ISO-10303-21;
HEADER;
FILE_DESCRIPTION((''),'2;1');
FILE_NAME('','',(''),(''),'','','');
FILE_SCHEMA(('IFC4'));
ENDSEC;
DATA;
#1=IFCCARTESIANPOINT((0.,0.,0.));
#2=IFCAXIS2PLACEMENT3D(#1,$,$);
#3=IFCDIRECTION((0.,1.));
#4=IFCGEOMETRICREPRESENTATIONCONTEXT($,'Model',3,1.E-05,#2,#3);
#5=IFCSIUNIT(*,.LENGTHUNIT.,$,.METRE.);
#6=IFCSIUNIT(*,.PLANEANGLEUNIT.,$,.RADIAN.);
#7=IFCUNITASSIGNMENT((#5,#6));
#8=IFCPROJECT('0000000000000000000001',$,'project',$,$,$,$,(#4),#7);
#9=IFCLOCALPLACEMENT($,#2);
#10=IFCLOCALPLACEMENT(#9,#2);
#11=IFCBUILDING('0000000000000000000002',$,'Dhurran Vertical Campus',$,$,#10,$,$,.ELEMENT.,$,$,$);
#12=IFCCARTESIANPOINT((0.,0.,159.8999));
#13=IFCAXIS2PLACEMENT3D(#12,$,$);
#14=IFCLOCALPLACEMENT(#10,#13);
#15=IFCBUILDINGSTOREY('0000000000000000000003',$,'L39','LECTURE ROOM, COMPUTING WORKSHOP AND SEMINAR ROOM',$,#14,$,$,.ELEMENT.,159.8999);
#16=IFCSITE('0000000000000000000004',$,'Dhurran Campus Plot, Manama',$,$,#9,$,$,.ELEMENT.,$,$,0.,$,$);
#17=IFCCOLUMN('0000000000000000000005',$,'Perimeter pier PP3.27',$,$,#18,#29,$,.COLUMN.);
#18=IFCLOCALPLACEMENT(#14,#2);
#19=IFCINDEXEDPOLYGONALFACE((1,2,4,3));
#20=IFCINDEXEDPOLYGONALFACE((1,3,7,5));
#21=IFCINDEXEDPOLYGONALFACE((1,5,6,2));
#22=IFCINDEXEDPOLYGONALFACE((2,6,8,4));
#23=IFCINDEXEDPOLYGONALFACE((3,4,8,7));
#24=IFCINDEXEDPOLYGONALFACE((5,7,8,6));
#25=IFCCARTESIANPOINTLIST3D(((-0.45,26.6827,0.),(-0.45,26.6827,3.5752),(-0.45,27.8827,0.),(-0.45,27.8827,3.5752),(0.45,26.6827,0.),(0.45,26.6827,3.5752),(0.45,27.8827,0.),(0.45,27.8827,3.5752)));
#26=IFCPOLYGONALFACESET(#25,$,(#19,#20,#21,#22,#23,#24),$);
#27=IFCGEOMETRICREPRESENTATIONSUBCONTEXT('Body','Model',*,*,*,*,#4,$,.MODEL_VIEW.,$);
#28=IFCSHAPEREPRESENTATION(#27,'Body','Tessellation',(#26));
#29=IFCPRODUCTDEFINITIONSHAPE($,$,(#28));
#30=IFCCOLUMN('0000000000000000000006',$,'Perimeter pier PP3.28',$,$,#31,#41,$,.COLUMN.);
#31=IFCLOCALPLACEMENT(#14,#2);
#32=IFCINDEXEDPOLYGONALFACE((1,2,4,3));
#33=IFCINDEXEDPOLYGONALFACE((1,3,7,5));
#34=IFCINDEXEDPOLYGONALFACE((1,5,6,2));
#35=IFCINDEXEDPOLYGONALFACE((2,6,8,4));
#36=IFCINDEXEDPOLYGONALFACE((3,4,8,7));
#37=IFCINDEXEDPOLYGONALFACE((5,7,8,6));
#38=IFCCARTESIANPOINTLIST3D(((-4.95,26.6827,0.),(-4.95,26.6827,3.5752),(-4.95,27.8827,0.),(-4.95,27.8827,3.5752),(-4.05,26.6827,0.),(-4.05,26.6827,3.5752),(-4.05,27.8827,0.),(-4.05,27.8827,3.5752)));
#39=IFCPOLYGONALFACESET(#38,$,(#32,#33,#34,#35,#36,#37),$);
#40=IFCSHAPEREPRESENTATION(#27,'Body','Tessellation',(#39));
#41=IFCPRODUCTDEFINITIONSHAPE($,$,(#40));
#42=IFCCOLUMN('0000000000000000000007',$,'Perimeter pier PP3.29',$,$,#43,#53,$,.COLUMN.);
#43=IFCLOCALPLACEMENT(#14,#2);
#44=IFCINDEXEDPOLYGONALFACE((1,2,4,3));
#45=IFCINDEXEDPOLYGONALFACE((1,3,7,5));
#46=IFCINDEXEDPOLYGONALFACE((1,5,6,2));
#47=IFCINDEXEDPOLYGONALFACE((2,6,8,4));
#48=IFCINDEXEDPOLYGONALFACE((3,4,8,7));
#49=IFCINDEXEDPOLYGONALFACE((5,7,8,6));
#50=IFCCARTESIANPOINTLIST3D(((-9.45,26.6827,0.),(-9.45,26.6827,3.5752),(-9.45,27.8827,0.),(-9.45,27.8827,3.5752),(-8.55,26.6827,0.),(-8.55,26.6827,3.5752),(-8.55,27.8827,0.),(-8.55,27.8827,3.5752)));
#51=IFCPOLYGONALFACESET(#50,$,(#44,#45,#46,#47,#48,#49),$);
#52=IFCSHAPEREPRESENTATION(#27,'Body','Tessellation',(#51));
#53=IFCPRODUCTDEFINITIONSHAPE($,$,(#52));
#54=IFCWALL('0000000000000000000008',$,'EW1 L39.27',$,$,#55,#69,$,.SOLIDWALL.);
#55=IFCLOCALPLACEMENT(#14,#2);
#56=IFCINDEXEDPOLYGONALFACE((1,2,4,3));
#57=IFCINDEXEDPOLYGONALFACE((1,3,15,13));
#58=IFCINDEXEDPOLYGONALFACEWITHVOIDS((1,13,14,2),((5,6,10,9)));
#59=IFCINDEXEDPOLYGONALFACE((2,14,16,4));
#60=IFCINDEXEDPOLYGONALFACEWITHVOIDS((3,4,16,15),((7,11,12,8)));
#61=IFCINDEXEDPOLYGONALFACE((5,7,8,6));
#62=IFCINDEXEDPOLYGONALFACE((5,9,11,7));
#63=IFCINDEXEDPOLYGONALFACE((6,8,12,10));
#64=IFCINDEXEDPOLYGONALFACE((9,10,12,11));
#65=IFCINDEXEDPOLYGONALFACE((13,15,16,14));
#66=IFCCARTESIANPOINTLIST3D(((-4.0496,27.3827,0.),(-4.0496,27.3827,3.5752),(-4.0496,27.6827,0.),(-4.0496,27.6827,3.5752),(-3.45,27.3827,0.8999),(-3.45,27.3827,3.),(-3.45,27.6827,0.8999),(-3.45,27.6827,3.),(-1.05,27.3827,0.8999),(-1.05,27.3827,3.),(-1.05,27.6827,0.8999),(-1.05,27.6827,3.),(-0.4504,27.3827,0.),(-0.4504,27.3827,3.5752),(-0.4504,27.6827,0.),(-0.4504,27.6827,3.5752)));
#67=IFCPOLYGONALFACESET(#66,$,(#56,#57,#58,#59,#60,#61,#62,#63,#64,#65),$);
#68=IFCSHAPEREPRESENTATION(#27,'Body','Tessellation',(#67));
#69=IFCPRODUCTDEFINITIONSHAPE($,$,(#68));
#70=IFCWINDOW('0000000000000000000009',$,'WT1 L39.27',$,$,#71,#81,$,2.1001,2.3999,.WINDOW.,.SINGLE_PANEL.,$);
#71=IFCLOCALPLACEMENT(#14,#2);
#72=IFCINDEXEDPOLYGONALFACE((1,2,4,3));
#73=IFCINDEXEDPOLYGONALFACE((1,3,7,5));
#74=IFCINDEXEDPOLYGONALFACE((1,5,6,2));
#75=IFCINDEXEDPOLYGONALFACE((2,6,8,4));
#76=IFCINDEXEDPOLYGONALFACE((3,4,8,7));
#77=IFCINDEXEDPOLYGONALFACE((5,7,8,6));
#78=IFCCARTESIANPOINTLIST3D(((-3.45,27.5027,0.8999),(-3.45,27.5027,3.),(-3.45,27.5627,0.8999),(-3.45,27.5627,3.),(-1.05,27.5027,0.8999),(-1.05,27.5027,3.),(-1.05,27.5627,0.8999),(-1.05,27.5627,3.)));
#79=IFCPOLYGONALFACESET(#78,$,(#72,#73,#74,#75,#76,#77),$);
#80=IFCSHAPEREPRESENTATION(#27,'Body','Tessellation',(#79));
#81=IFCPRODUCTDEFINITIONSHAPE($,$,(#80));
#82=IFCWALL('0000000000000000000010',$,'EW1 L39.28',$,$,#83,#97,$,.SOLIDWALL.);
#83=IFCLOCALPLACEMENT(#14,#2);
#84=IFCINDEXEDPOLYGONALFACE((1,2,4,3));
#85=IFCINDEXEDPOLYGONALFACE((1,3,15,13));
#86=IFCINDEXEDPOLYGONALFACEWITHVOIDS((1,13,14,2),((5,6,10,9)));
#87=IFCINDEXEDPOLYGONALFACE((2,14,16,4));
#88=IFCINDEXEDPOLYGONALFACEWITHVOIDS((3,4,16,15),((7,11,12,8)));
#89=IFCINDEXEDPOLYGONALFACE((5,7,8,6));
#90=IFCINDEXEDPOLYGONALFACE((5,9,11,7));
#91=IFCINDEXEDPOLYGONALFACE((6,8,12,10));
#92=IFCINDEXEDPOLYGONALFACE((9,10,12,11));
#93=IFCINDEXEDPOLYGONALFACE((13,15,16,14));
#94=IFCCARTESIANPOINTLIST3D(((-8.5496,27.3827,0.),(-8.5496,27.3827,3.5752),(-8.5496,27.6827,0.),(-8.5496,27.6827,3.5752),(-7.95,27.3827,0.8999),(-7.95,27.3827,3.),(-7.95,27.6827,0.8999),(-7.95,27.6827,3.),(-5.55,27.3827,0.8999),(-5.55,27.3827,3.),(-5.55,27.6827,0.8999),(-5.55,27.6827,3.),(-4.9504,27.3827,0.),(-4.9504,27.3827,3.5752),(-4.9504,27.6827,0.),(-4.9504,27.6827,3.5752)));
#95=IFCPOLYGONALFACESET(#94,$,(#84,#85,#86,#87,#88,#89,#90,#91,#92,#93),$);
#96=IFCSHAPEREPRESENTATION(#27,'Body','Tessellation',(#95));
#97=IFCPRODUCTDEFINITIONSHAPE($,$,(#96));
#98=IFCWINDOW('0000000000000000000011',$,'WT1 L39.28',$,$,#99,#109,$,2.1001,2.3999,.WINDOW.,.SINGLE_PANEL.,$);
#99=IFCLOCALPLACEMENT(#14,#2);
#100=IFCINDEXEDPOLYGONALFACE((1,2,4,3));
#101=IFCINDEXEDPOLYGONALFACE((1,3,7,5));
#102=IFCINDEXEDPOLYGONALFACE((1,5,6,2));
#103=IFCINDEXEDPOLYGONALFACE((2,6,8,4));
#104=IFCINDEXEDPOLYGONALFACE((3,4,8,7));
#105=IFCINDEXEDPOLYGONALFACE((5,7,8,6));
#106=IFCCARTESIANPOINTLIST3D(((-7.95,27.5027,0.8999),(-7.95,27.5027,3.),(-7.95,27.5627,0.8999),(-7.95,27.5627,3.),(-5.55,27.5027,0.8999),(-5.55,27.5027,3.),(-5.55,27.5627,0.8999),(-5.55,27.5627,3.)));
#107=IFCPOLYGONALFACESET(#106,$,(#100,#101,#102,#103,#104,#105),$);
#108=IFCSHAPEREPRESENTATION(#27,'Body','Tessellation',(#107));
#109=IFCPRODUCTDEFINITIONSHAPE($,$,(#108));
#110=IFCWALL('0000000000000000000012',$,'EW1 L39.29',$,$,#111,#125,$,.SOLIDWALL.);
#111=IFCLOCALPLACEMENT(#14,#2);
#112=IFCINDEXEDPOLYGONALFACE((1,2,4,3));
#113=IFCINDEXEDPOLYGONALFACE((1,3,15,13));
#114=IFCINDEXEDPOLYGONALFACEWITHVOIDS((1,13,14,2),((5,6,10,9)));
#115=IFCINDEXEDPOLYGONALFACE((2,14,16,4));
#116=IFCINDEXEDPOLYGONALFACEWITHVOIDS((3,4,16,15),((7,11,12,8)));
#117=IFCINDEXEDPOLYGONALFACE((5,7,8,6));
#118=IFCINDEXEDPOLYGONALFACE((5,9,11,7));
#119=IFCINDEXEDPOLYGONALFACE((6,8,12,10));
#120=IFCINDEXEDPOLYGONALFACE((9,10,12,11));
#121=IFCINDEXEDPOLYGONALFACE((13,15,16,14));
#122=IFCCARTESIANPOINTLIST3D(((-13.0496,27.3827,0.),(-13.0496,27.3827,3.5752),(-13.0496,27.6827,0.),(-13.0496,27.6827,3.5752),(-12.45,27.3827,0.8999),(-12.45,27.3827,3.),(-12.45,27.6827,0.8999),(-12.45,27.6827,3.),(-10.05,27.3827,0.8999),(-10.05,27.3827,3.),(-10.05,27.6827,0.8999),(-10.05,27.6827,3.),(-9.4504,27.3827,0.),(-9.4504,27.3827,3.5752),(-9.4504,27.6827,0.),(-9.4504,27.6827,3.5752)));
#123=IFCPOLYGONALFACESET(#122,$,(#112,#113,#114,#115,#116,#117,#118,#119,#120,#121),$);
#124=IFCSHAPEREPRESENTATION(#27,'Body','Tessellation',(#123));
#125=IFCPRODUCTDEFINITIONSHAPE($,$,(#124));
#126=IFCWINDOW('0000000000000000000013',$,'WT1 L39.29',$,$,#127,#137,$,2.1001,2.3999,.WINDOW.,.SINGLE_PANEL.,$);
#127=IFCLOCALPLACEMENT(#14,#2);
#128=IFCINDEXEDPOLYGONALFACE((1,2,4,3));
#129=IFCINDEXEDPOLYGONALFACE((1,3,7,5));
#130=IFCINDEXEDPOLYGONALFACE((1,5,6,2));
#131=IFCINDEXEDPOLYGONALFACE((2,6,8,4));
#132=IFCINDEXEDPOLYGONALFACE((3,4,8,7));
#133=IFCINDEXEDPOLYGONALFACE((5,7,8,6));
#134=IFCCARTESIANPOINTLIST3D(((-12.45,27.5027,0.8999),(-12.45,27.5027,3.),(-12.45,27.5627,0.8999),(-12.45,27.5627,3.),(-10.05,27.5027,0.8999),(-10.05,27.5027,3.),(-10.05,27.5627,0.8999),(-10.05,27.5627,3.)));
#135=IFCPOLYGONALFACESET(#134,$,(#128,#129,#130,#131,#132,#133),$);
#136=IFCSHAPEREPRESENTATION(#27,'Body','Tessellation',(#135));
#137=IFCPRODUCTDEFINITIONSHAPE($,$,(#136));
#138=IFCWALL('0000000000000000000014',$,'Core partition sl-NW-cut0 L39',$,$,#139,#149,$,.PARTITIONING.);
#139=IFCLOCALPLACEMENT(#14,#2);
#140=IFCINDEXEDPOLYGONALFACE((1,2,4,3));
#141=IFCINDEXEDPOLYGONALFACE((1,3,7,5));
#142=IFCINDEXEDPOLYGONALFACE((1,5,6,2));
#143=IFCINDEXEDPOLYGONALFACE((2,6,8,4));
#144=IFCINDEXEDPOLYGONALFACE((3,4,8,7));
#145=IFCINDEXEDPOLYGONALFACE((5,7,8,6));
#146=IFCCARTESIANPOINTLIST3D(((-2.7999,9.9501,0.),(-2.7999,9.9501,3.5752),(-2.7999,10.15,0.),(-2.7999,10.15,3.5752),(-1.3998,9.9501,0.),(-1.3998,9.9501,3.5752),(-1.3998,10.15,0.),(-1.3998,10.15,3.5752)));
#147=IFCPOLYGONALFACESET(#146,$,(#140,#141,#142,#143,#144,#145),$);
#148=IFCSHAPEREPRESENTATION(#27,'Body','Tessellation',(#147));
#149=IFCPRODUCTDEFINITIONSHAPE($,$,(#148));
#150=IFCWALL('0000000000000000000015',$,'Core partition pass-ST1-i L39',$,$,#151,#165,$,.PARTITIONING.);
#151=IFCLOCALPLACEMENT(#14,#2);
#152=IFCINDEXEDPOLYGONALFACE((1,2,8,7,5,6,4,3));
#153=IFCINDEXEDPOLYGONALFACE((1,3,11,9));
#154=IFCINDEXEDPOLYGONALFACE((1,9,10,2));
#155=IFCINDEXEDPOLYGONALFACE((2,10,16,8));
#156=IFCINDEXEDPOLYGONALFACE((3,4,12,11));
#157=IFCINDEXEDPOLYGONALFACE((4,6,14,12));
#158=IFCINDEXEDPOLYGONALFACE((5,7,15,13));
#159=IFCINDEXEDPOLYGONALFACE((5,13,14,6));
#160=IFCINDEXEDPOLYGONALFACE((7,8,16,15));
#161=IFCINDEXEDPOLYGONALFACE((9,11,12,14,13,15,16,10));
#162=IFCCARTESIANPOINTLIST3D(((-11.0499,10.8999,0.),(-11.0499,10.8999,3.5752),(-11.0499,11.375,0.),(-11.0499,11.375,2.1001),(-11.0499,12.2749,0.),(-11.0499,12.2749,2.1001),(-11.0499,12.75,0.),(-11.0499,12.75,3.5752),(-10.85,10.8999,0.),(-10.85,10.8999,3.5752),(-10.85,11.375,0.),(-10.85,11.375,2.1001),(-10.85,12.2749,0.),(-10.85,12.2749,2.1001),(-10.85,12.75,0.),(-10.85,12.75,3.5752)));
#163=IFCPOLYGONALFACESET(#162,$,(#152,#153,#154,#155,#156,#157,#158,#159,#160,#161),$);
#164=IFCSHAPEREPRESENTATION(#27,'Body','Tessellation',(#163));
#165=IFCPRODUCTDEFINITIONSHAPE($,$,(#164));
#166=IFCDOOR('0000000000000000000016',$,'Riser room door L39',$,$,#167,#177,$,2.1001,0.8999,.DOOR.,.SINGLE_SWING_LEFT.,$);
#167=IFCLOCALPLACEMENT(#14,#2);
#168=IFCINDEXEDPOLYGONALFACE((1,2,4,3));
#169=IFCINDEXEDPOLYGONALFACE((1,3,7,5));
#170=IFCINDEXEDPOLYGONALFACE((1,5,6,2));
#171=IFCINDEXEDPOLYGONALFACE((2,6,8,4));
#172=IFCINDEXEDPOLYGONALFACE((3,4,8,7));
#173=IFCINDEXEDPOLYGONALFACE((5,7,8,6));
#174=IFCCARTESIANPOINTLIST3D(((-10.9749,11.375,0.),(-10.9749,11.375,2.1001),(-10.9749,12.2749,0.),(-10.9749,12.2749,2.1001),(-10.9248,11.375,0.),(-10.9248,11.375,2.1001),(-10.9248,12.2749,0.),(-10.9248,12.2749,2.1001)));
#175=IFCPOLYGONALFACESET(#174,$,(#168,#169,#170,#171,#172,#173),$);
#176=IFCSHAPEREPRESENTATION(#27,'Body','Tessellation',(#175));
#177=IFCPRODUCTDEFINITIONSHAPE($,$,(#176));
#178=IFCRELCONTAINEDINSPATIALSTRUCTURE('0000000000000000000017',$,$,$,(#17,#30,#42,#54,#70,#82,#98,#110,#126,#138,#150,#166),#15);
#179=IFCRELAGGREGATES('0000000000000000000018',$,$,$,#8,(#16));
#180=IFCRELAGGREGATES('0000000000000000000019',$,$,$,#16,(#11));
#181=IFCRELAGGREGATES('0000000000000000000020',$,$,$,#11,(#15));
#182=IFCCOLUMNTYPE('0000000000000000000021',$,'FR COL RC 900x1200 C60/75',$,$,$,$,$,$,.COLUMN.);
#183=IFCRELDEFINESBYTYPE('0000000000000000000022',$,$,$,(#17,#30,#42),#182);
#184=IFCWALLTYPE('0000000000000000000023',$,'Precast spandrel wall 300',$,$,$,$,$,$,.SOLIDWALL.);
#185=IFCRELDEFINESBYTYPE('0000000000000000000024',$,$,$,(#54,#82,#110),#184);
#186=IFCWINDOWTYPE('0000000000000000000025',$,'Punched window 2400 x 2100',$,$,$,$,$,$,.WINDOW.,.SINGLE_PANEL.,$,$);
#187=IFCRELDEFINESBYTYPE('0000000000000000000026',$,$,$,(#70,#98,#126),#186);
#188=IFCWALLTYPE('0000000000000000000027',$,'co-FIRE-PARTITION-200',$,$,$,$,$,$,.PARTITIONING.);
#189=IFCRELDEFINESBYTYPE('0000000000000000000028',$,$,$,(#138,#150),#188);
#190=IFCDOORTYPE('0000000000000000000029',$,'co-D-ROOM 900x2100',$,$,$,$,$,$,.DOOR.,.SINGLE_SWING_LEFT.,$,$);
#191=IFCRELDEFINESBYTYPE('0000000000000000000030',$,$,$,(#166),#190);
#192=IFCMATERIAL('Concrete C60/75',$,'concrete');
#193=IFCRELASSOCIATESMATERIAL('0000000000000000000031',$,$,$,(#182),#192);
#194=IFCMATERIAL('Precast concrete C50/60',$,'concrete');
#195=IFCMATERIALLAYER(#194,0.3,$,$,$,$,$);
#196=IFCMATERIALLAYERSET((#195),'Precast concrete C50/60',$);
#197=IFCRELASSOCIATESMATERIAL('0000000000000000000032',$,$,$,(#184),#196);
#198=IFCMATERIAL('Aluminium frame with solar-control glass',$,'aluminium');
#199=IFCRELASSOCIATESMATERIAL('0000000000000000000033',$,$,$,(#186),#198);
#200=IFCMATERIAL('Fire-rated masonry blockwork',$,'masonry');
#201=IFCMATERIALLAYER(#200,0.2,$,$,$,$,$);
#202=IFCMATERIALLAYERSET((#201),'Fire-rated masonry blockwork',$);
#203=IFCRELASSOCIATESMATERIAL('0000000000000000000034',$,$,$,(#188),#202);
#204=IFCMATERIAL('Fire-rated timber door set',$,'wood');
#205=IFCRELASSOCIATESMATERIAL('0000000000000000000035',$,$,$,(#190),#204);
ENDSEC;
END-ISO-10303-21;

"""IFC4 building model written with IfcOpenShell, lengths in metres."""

from ifc_helpers import new_model, si_unit, direction, frame, frame_2d, origin, origin_2d, place, context, subcontext, project, spatial, rectangle, extrude, material, layer, layer_set, material_profile, profile_set, type_object, element, fill, save


model = new_model("IFC4")

# Units and contexts
model_context = context("Model", 3, precision=1e-05, world=origin(), true_north=direction((0.0, 1.0)))
body_context = subcontext(model_context, "Body", "Model", "MODEL_VIEW")
ifc_project = project(units=[si_unit("LENGTHUNIT", "METRE"), si_unit("PLANEANGLEUNIT", "RADIAN")], contexts=[model_context])

# Site, building, storey
site_placement = place(None, origin())
site = spatial("IfcSite", under=ifc_project, at=site_placement, Name="Dhurran Campus Plot, Manama", CompositionType="ELEMENT", RefElevation=0.0)
building_placement = place(site_placement, origin())
building = spatial("IfcBuilding", under=site, at=building_placement, Name="Dhurran Vertical Campus", CompositionType="ELEMENT")
storey_placement = place(building_placement, frame((0.0, 0.0, 159.8999)))
storey = spatial("IfcBuildingStorey", under=building, at=storey_placement, Name="L39", Description="LECTURE ROOM, COMPUTING WORKSHOP AND SEMINAR ROOM", CompositionType="ELEMENT", Elevation=159.8999)

# Columns
ifc_material_1 = material(Name="Concrete C60/75", Category="concrete")
ifc_material_profile = material_profile(ifc_material_1, rectangle(XDim=0.8999, YDim=1.2, at=origin_2d()), Name="RC 900x1200")
ifc_profile_set = profile_set([ifc_material_profile], Name="Concrete C60/75")
column_type = type_object("IfcColumnType", Name="FR COL RC 900x1200 C60/75", PredefinedType="COLUMN", material=ifc_profile_set)
for number, where, z_axis, x_axis, name in (
    (1, (0.0, 27.2827, 0.0), (0.0, 0.0, 1.0), (-1.0, 0.0, 0.0), "Perimeter pier PP3.27"),
    (2, (-4.5, 27.2827, 0.0), (0.0, 0.0, 1.0), (-1.0, 0.0, 0.0), "Perimeter pier PP3.28"),
    (3, (-9.0, 27.2827, 0.0), (0.0, 0.0, 1.0), (-1.0, 0.0, 0.0), "Perimeter pier PP3.29"),
):
    element("IfcColumn", number, at=place(storey_placement, frame(where, z_axis=z_axis, x_axis=x_axis)), inside=storey, type_object=column_type, Name=name, PredefinedType="COLUMN", context=body_context, shape_type="SweptSolid", body=[
        extrude(rectangle(XDim=0.8999, YDim=1.2, at=origin_2d()), origin(), (0.0, 0.0, 1.0), 3.5752),
    ])

# Walls, openings, windows
ifc_material_2 = material(Name="Precast concrete C50/60", Category="concrete")
ifc_layer_1 = layer(ifc_material_2, 0.3)
ifc_layer_set_1 = layer_set([ifc_layer_1], Name="Precast concrete C50/60")
wall_type_1 = type_object("IfcWallType", Name="Precast spandrel wall 300", PredefinedType="SOLIDWALL", material=ifc_layer_set_1)
wall_1_placement = place(storey_placement, frame((-0.4504, 27.5327, 0.0), z_axis=(0.0, 0.0, 1.0), x_axis=(-1.0, 0.0, 0.0)))
wall_1 = element("IfcWall", 4, at=wall_1_placement, inside=storey, type_object=wall_type_1, Name="EW1 L39.27", PredefinedType="SOLIDWALL", context=body_context, shape_type="SweptSolid", body=[
    extrude(rectangle(XDim=3.5991, YDim=0.3, at=frame_2d((1.7996, 0.0))), origin(), (0.0, 0.0, 1.0), 3.5752),
])
opening_1_placement = place(wall_1_placement, frame((0.5996, 0.0, 0.8999)))
opening_1 = element("IfcOpeningElement", 5, at=opening_1_placement, cuts=wall_1, PredefinedType="OPENING", context=body_context, shape_type="SweptSolid", body=[
    extrude(rectangle(XDim=2.3999, YDim=2.1001, at=frame_2d((1.2, 1.05))), frame((0.0, 0.1599, 0.0), z_axis=(0.0, -1.0, 0.0), x_axis=(1.0, 0.0, 0.0)), (0.0, 0.0, 1.0), 0.3201),
])
ifc_material_3 = material(Name="Aluminium frame with solar-control glass", Category="aluminium")
window_type = type_object("IfcWindowType", Name="Punched window 2400 x 2100", PartitioningType="SINGLE_PANEL", PredefinedType="WINDOW", material=ifc_material_3)
window_1_placement = place(opening_1_placement, origin())
window_1 = element("IfcWindow", 6, at=window_1_placement, inside=storey, type_object=window_type, Name="WT1 L39.27", OverallHeight=2.1001, OverallWidth=2.3999, PartitioningType="SINGLE_PANEL", PredefinedType="WINDOW", context=body_context, shape_type="SweptSolid", body=[
    extrude(rectangle(XDim=2.3999, YDim=2.1001, at=frame_2d((1.2, 1.05))), frame((0.0, 0.03, 0.0), z_axis=(0.0, -1.0, 0.0), x_axis=(1.0, 0.0, 0.0)), (0.0, 0.0, 1.0), 0.0601),
])
fill(opening_1, window_1)
wall_2_placement = place(storey_placement, frame((-4.9504, 27.5327, 0.0), z_axis=(0.0, 0.0, 1.0), x_axis=(-1.0, 0.0, 0.0)))
wall_2 = element("IfcWall", 7, at=wall_2_placement, inside=storey, type_object=wall_type_1, Name="EW1 L39.28", PredefinedType="SOLIDWALL", context=body_context, shape_type="SweptSolid", body=[
    extrude(rectangle(XDim=3.5991, YDim=0.3, at=frame_2d((1.7996, 0.0))), origin(), (0.0, 0.0, 1.0), 3.5752),
])
opening_2_placement = place(wall_2_placement, frame((0.5996, 0.0, 0.8999)))
opening_2 = element("IfcOpeningElement", 8, at=opening_2_placement, cuts=wall_2, PredefinedType="OPENING", context=body_context, shape_type="SweptSolid", body=[
    extrude(rectangle(XDim=2.3999, YDim=2.1001, at=frame_2d((1.2, 1.05))), frame((0.0, 0.1599, 0.0), z_axis=(0.0, -1.0, 0.0), x_axis=(1.0, 0.0, 0.0)), (0.0, 0.0, 1.0), 0.3201),
])
window_2_placement = place(opening_2_placement, origin())
window_2 = element("IfcWindow", 9, at=window_2_placement, inside=storey, type_object=window_type, Name="WT1 L39.28", OverallHeight=2.1001, OverallWidth=2.3999, PartitioningType="SINGLE_PANEL", PredefinedType="WINDOW", context=body_context, shape_type="SweptSolid", body=[
    extrude(rectangle(XDim=2.3999, YDim=2.1001, at=frame_2d((1.2, 1.05))), frame((0.0, 0.03, 0.0), z_axis=(0.0, -1.0, 0.0), x_axis=(1.0, 0.0, 0.0)), (0.0, 0.0, 1.0), 0.0601),
])
fill(opening_2, window_2)
wall_3_placement = place(storey_placement, frame((-9.4504, 27.5327, 0.0), z_axis=(0.0, 0.0, 1.0), x_axis=(-1.0, 0.0, 0.0)))
wall_3 = element("IfcWall", 10, at=wall_3_placement, inside=storey, type_object=wall_type_1, Name="EW1 L39.29", PredefinedType="SOLIDWALL", context=body_context, shape_type="SweptSolid", body=[
    extrude(rectangle(XDim=3.5991, YDim=0.3, at=frame_2d((1.7996, 0.0))), origin(), (0.0, 0.0, 1.0), 3.5752),
])
opening_3_placement = place(wall_3_placement, frame((0.5996, 0.0, 0.8999)))
opening_3 = element("IfcOpeningElement", 11, at=opening_3_placement, cuts=wall_3, PredefinedType="OPENING", context=body_context, shape_type="SweptSolid", body=[
    extrude(rectangle(XDim=2.3999, YDim=2.1001, at=frame_2d((1.2, 1.05))), frame((0.0, 0.1599, 0.0), z_axis=(0.0, -1.0, 0.0), x_axis=(1.0, 0.0, 0.0)), (0.0, 0.0, 1.0), 0.3201),
])
window_3_placement = place(opening_3_placement, origin())
window_3 = element("IfcWindow", 12, at=window_3_placement, inside=storey, type_object=window_type, Name="WT1 L39.29", OverallHeight=2.1001, OverallWidth=2.3999, PartitioningType="SINGLE_PANEL", PredefinedType="WINDOW", context=body_context, shape_type="SweptSolid", body=[
    extrude(rectangle(XDim=2.3999, YDim=2.1001, at=frame_2d((1.2, 1.05))), frame((0.0, 0.03, 0.0), z_axis=(0.0, -1.0, 0.0), x_axis=(1.0, 0.0, 0.0)), (0.0, 0.0, 1.0), 0.0601),
])
fill(opening_3, window_3)

# Wall
ifc_material_4 = material(Name="Fire-rated masonry blockwork", Category="masonry")
ifc_layer_2 = layer(ifc_material_4, 0.2)
ifc_layer_set_2 = layer_set([ifc_layer_2], Name="Fire-rated masonry blockwork")
wall_type_2 = type_object("IfcWallType", Name="co-FIRE-PARTITION-200", PredefinedType="PARTITIONING", material=ifc_layer_set_2)
wall_4_placement = place(storey_placement, frame((-2.8, 10.05, 0.0), z_axis=(0.0, 0.0, 1.0), x_axis=(1.0, 0.0, 0.0)))
element("IfcWall", 13, at=wall_4_placement, inside=storey, type_object=wall_type_2, Name="Core partition sl-NW-cut0 L39", PredefinedType="PARTITIONING", context=body_context, shape_type="SweptSolid", body=[
    extrude(rectangle(XDim=1.4001, YDim=0.2, at=frame_2d((0.7002, 0.0))), origin(), (0.0, 0.0, 1.0), 3.5752),
])

# Wall, opening, door
wall_5_placement = place(storey_placement, frame((-10.95, 10.8999, 0.0), z_axis=(0.0, 0.0, 1.0), x_axis=(0.0, 1.0, 0.0)))
wall_5 = element("IfcWall", 14, at=wall_5_placement, inside=storey, type_object=wall_type_2, Name="Core partition pass-ST1-i L39", PredefinedType="PARTITIONING", context=body_context, shape_type="SweptSolid", body=[
    extrude(rectangle(XDim=1.8501, YDim=0.2, at=frame_2d((0.925, 0.0))), origin(), (0.0, 0.0, 1.0), 3.5752),
])
opening_4_placement = place(wall_5_placement, frame((0.4751, 0.0, 0.0)))
opening_4 = element("IfcOpeningElement", 15, at=opening_4_placement, cuts=wall_5, PredefinedType="OPENING", context=body_context, shape_type="SweptSolid", body=[
    extrude(rectangle(XDim=0.8999, YDim=2.1001, at=frame_2d((0.45, 1.05))), frame((0.0, 0.1099, 0.0), z_axis=(0.0, -1.0, 0.0), x_axis=(1.0, 0.0, 0.0)), (0.0, 0.0, 1.0), 0.22),
])
ifc_material_5 = material(Name="Fire-rated timber door set", Category="wood")
door_type_1 = type_object("IfcDoorType", Name="co-D-ROOM 900x2100", OperationType="SINGLE_SWING_LEFT", PredefinedType="DOOR", material=ifc_material_5)
door_1_placement = place(opening_4_placement, origin())
door_1 = element("IfcDoor", 16, at=door_1_placement, inside=storey, type_object=door_type_1, Name="Riser room door L39", OperationType="SINGLE_SWING_LEFT", OverallHeight=2.1001, OverallWidth=0.8999, PredefinedType="DOOR", context=body_context, shape_type="SweptSolid", body=[
    extrude(rectangle(XDim=0.8999, YDim=2.1001, at=frame_2d((0.45, 1.05))), frame((0.0, 0.0249, 0.0), z_axis=(0.0, -1.0, 0.0), x_axis=(1.0, 0.0, 0.0)), (0.0, 0.0, 1.0), 0.05),
])
fill(opening_4, door_1)

save(model, "model.ifc")
